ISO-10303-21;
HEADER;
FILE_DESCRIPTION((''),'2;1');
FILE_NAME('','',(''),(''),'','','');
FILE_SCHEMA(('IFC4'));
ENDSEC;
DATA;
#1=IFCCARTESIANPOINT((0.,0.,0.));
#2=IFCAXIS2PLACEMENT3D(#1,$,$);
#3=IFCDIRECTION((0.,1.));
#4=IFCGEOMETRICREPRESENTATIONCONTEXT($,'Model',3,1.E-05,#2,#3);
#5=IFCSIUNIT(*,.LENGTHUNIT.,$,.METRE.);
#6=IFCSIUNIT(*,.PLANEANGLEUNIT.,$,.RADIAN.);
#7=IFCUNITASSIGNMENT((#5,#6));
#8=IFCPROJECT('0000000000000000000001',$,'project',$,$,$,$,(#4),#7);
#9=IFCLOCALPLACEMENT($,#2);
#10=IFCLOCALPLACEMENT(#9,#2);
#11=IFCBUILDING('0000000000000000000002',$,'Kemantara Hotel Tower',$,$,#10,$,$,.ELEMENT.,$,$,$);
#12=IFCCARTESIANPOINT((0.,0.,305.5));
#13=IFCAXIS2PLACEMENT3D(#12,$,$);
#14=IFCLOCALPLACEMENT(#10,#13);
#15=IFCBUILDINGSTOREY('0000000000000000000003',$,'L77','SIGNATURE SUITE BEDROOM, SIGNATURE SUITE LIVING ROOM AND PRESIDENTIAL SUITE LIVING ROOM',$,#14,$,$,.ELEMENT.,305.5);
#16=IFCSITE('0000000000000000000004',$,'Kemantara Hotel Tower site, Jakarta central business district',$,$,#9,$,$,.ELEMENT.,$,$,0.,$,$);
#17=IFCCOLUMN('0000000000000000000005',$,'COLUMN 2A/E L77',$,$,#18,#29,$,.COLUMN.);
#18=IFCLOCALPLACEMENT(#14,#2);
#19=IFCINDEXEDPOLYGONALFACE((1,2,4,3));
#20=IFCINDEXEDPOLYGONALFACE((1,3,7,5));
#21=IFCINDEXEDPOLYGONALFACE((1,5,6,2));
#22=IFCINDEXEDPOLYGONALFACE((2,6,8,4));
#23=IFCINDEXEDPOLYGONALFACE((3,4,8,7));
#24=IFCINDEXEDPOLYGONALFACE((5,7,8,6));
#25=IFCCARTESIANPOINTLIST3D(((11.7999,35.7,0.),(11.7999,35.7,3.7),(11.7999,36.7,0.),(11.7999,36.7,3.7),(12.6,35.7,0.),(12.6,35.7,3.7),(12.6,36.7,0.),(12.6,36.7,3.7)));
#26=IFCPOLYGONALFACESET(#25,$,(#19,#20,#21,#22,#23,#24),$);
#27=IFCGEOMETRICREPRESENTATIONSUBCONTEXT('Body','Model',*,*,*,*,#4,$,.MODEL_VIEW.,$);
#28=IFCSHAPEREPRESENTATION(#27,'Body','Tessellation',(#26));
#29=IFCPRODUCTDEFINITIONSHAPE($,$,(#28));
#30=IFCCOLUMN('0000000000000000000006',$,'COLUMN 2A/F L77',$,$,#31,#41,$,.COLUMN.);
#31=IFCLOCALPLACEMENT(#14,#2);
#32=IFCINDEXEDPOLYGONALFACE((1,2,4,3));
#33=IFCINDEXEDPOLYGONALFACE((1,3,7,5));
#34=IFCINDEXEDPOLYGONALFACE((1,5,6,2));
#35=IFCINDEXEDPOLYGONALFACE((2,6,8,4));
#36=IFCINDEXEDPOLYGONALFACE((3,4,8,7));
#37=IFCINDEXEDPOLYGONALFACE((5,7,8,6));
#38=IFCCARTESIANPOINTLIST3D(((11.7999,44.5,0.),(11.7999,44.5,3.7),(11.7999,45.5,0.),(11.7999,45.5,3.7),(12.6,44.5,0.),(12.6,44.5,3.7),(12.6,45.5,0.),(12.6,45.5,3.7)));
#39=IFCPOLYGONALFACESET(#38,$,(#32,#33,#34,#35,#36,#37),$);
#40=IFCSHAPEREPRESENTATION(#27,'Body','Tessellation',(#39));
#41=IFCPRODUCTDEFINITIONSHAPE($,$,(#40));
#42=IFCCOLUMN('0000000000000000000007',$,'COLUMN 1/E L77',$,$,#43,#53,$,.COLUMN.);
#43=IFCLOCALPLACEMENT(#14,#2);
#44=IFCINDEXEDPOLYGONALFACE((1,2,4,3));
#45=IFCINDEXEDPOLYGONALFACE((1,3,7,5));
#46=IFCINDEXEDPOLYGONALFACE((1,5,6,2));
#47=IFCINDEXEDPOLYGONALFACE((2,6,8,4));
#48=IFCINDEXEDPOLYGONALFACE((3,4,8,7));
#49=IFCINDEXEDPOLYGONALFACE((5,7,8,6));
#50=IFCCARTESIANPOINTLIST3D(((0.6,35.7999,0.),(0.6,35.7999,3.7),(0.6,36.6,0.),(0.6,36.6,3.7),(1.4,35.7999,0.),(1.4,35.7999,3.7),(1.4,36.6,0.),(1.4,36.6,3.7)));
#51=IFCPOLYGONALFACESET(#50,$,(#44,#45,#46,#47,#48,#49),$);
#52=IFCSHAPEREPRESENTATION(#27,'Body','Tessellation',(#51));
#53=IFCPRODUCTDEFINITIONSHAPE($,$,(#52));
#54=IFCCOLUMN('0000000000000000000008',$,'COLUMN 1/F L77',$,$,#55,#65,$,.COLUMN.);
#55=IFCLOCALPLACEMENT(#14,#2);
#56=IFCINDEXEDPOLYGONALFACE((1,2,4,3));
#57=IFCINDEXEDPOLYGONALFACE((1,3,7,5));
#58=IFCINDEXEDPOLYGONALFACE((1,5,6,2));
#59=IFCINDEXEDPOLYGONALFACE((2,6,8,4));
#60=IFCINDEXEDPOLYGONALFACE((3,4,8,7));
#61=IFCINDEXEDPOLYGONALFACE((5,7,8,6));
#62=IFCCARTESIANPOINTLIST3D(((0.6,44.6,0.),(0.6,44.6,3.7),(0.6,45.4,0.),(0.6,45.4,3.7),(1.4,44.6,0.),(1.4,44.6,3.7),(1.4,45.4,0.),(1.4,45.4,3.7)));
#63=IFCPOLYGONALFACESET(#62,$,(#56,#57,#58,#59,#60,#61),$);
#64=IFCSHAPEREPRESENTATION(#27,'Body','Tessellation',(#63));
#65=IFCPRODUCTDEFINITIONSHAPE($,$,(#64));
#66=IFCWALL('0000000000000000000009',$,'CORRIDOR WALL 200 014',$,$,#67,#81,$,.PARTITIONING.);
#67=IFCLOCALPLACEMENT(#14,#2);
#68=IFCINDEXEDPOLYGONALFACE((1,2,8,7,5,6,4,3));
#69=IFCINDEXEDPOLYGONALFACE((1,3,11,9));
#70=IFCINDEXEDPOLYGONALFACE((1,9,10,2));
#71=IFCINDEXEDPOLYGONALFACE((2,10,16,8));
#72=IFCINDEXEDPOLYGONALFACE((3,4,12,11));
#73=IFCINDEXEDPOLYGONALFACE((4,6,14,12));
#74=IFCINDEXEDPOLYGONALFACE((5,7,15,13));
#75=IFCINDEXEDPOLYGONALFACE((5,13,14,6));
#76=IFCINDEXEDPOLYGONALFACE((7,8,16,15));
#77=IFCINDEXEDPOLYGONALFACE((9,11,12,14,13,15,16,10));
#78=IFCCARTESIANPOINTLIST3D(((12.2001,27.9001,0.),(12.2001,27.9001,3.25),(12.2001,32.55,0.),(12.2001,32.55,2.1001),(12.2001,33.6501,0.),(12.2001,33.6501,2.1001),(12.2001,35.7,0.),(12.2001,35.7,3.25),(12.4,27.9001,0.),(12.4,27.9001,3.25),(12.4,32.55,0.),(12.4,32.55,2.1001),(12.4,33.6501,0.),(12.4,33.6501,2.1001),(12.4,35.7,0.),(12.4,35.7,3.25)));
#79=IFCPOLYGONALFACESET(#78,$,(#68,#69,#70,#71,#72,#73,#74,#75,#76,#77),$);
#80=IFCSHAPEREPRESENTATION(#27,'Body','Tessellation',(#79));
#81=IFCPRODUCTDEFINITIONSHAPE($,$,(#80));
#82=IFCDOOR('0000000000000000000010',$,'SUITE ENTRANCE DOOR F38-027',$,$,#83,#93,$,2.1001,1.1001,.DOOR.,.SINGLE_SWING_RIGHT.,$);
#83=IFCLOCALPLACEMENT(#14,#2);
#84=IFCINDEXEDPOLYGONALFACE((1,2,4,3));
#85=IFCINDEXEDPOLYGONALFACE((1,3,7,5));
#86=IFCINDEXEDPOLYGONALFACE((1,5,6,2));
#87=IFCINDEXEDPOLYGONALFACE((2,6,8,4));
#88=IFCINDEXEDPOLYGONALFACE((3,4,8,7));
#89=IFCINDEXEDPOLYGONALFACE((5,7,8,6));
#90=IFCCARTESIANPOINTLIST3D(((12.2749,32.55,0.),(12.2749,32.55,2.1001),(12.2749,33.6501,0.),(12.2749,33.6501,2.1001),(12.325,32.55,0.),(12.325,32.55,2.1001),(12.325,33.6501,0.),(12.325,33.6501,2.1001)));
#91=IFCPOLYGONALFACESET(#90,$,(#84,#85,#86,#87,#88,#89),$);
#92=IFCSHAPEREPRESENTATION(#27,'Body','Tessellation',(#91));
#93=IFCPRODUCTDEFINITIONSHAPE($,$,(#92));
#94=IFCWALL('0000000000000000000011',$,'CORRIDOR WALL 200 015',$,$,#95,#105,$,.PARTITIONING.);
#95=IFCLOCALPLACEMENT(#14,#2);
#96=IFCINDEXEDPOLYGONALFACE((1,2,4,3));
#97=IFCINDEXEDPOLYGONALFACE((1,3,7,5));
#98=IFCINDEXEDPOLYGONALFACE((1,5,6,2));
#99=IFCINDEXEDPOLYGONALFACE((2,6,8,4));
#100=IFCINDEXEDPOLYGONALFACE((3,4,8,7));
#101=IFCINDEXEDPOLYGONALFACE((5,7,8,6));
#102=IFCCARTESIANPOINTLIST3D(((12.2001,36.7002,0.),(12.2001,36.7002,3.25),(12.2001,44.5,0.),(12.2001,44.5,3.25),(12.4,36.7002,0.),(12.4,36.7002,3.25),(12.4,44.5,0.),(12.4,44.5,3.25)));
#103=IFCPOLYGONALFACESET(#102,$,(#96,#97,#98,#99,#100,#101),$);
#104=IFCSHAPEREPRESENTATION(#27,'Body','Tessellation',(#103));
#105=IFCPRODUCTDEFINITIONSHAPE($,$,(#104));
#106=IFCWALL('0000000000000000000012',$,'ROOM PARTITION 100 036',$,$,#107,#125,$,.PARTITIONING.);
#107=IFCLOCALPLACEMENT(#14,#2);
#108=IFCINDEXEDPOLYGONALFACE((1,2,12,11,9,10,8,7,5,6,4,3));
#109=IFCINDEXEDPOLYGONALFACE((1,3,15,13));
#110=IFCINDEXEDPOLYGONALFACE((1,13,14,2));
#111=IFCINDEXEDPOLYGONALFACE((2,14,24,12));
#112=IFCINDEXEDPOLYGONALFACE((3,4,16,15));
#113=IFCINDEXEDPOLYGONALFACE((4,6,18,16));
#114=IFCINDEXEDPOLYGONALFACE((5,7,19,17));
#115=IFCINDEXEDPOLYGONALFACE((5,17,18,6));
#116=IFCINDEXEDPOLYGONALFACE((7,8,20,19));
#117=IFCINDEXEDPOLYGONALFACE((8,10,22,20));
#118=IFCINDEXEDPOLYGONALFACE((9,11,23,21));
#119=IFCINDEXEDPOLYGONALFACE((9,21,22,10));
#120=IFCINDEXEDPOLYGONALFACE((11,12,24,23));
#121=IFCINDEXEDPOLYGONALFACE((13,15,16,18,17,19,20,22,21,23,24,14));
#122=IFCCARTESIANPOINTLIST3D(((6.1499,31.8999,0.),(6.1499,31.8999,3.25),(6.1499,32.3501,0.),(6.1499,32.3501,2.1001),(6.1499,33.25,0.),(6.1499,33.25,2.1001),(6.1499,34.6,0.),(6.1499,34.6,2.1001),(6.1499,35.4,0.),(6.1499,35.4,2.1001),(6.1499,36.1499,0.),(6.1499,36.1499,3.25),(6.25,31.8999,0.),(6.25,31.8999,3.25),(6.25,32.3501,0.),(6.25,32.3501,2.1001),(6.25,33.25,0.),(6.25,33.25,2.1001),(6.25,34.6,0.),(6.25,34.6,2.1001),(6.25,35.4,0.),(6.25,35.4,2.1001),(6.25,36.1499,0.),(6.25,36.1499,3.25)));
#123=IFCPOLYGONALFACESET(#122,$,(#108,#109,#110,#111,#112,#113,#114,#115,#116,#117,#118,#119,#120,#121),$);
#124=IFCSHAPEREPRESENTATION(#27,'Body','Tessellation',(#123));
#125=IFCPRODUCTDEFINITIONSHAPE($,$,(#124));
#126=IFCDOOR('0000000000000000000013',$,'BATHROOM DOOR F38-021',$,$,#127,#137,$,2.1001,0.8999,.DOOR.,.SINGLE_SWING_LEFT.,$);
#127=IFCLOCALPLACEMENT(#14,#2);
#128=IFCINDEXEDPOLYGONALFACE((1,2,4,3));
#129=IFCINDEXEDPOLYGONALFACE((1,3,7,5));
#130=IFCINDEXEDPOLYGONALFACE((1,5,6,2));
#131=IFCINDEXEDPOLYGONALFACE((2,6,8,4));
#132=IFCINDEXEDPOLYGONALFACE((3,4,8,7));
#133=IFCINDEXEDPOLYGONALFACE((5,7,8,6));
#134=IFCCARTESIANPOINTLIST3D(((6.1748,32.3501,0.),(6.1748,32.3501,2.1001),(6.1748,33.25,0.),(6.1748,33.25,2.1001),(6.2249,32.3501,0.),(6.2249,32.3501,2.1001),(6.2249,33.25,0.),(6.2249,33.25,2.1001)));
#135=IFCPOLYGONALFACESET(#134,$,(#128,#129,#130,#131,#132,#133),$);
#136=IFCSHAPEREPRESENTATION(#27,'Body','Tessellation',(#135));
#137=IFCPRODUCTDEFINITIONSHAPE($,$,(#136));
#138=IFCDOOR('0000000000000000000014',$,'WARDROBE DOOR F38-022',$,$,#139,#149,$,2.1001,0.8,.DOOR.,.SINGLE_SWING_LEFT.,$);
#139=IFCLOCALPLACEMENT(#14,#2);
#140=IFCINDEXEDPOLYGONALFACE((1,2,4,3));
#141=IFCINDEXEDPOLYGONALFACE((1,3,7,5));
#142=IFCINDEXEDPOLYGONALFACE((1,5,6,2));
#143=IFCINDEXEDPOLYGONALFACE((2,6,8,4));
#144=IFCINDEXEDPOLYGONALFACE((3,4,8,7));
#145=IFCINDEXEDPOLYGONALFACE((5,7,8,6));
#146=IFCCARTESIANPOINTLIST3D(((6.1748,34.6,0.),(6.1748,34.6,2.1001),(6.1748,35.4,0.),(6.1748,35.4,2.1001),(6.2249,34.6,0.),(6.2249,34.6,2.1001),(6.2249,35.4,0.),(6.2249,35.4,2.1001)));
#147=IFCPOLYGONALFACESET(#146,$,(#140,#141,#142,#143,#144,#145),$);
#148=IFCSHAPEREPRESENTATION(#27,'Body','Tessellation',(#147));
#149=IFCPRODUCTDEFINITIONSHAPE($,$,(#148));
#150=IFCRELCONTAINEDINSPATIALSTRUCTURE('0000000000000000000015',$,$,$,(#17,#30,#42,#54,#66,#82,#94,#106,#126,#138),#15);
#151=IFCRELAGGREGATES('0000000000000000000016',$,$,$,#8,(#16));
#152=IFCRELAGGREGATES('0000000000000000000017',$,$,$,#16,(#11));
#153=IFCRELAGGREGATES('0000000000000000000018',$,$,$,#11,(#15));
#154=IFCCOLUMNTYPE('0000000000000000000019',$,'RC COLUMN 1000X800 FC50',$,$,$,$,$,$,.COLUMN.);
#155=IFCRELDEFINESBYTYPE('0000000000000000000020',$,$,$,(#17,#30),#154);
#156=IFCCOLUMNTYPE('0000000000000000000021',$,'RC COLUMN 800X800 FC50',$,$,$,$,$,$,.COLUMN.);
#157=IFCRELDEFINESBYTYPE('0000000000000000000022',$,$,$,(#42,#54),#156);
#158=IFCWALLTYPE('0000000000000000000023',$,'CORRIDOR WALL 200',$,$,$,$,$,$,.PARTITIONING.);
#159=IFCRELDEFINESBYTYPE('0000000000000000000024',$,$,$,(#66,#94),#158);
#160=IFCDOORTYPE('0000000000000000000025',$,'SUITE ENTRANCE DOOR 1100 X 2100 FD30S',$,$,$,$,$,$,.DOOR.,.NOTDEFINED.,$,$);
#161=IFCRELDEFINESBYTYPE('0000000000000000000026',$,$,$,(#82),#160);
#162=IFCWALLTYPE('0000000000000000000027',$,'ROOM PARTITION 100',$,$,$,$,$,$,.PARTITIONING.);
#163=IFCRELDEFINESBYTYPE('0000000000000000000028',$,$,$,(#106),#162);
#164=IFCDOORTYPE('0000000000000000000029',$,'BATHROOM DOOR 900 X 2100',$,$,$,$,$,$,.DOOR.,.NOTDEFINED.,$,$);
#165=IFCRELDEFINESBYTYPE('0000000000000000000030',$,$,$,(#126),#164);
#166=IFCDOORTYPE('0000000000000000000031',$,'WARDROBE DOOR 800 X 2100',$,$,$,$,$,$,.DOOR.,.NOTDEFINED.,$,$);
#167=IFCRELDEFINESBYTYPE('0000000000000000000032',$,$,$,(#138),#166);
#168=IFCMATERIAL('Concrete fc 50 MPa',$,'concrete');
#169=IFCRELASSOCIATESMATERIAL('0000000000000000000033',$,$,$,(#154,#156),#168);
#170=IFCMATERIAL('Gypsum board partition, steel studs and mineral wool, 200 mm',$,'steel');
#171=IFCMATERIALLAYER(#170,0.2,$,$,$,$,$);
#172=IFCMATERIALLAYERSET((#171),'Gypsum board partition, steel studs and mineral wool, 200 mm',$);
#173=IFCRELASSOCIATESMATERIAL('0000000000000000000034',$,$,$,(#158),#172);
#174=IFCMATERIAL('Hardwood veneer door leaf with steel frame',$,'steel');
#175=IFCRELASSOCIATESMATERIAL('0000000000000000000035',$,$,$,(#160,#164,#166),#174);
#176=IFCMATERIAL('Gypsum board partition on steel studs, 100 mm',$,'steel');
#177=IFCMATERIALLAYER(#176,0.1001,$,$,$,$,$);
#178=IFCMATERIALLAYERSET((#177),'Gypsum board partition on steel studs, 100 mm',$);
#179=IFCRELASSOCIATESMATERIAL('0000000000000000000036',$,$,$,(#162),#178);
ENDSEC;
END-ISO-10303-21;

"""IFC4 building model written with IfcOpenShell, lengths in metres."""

from ifc_helpers import new_model, si_unit, direction, frame, frame_2d, origin, origin_2d, place, context, subcontext, project, spatial, rectangle, extrude, material, layer, layer_set, material_profile, profile_set, type_object, element, fill, save


model = new_model("IFC4")

# Units and contexts
model_context = context("Model", 3, precision=1e-05, world=origin(), true_north=direction((0.0, 1.0)))
body_context = subcontext(model_context, "Body", "Model", "MODEL_VIEW")
ifc_project = project(units=[si_unit("LENGTHUNIT", "METRE"), si_unit("PLANEANGLEUNIT", "RADIAN")], contexts=[model_context])

# Site, building, storey
site_placement = place(None, origin())
site = spatial("IfcSite", under=ifc_project, at=site_placement, Name="Kemantara Hotel Tower site, Jakarta central business district", CompositionType="ELEMENT", RefElevation=0.0)
building_placement = place(site_placement, origin())
building = spatial("IfcBuilding", under=site, at=building_placement, Name="Kemantara Hotel Tower", CompositionType="ELEMENT")
storey_placement = place(building_placement, frame((0.0, 0.0, 305.5)))
storey = spatial("IfcBuildingStorey", under=building, at=storey_placement, Name="L77", Description="SIGNATURE SUITE BEDROOM, SIGNATURE SUITE LIVING ROOM AND PRESIDENTIAL SUITE LIVING ROOM", CompositionType="ELEMENT", Elevation=305.5)

# Columns
ifc_material_1 = material(Name="Concrete fc 50 MPa", Category="concrete")
ifc_material_profile_1 = material_profile(ifc_material_1, rectangle(XDim=1.0, YDim=0.8, at=origin_2d()), Name="RC 1000X800")
ifc_profile_set_1 = profile_set([ifc_material_profile_1], Name="Concrete fc 50 MPa")
column_type_1 = type_object("IfcColumnType", Name="RC COLUMN 1000X800 FC50", PredefinedType="COLUMN", material=ifc_profile_set_1)
for number, where, z_axis, x_axis, name in (
    (1, (12.2, 36.2, 0.0), (0.0, 0.0, 1.0), (0.0, 1.0, 0.0), "COLUMN 2A/E L77"),
    (2, (12.2, 45.0, 0.0), (0.0, 0.0, 1.0), (0.0, 1.0, 0.0), "COLUMN 2A/F L77"),
):
    element("IfcColumn", number, at=place(storey_placement, frame(where, z_axis=z_axis, x_axis=x_axis)), inside=storey, type_object=column_type_1, Name=name, PredefinedType="COLUMN", context=body_context, shape_type="SweptSolid", body=[
        extrude(rectangle(XDim=1.0, YDim=0.8, at=origin_2d()), origin(), (0.0, 0.0, 1.0), 3.7),
    ])
ifc_material_profile_2 = material_profile(ifc_material_1, rectangle(XDim=0.8, YDim=0.8, at=origin_2d()), Name="RC 800X800")
ifc_profile_set_2 = profile_set([ifc_material_profile_2], Name="Concrete fc 50 MPa")
column_type_2 = type_object("IfcColumnType", Name="RC COLUMN 800X800 FC50", PredefinedType="COLUMN", material=ifc_profile_set_2)
for number, where, z_axis, x_axis, name in (
    (3, (1.0, 36.2, 0.0), (0.0, 0.0, 1.0), (1.0, 0.0, 0.0), "COLUMN 1/E L77"),
    (4, (1.0, 45.0, 0.0), (0.0, 0.0, 1.0), (1.0, 0.0, 0.0), "COLUMN 1/F L77"),
):
    element("IfcColumn", number, at=place(storey_placement, frame(where, z_axis=z_axis, x_axis=x_axis)), inside=storey, type_object=column_type_2, Name=name, PredefinedType="COLUMN", context=body_context, shape_type="SweptSolid", body=[
        extrude(rectangle(XDim=0.8, YDim=0.8, at=origin_2d()), origin(), (0.0, 0.0, 1.0), 3.7),
    ])

# Wall, opening, door
ifc_material_2 = material(Name="Gypsum board partition, steel studs and mineral wool, 200 mm", Category="steel")
ifc_layer_1 = layer(ifc_material_2, 0.2)
ifc_layer_set_1 = layer_set([ifc_layer_1], Name="Gypsum board partition, steel studs and mineral wool, 200 mm")
wall_type_1 = type_object("IfcWallType", Name="CORRIDOR WALL 200", PredefinedType="PARTITIONING", material=ifc_layer_set_1)
wall_1_placement = place(storey_placement, frame((12.3, 35.7, 0.0), z_axis=(0.0, 0.0, 1.0), x_axis=(0.0, -1.0, 0.0)))
wall_1 = element("IfcWall", 5, at=wall_1_placement, inside=storey, type_object=wall_type_1, Name="CORRIDOR WALL 200 014", PredefinedType="PARTITIONING", context=body_context, shape_type="SweptSolid", body=[
    extrude(rectangle(XDim=7.7998, YDim=0.2, at=frame_2d((3.8999, 0.0))), origin(), (0.0, 0.0, 1.0), 3.25),
])
opening_1_placement = place(wall_1_placement, frame((2.0498, 0.0, 0.0)))
opening_1 = element("IfcOpeningElement", 6, at=opening_1_placement, cuts=wall_1, PredefinedType="OPENING", context=body_context, shape_type="SweptSolid", body=[
    extrude(rectangle(XDim=1.1001, YDim=2.1001, at=frame_2d((0.55, 1.05))), frame((0.0, 0.1099, 0.0), z_axis=(0.0, -1.0, 0.0), x_axis=(1.0, 0.0, 0.0)), (0.0, 0.0, 1.0), 0.22),
])
ifc_material_3 = material(Name="Hardwood veneer door leaf with steel frame", Category="steel")
door_type_1 = type_object("IfcDoorType", Name="SUITE ENTRANCE DOOR 1100 X 2100 FD30S", OperationType="NOTDEFINED", PredefinedType="DOOR", material=ifc_material_3)
door_1_placement = place(opening_1_placement, origin())
door_1 = element("IfcDoor", 7, at=door_1_placement, inside=storey, type_object=door_type_1, Name="SUITE ENTRANCE DOOR F38-027", OperationType="SINGLE_SWING_RIGHT", OverallHeight=2.1001, OverallWidth=1.1001, PredefinedType="DOOR", context=body_context, shape_type="SweptSolid", body=[
    extrude(rectangle(XDim=1.1001, YDim=2.1001, at=frame_2d((0.55, 1.05))), frame((0.0, 0.0249, 0.0), z_axis=(0.0, -1.0, 0.0), x_axis=(1.0, 0.0, 0.0)), (0.0, 0.0, 1.0), 0.05),
])
fill(opening_1, door_1)

# Wall
wall_2_placement = place(storey_placement, frame((12.3, 36.7002, 0.0), z_axis=(0.0, 0.0, 1.0), x_axis=(0.0, 1.0, 0.0)))
element("IfcWall", 8, at=wall_2_placement, inside=storey, type_object=wall_type_1, Name="CORRIDOR WALL 200 015", PredefinedType="PARTITIONING", context=body_context, shape_type="SweptSolid", body=[
    extrude(rectangle(XDim=7.7998, YDim=0.2, at=frame_2d((3.8999, 0.0))), origin(), (0.0, 0.0, 1.0), 3.25),
])

# Wall, openings, doors
ifc_material_4 = material(Name="Gypsum board partition on steel studs, 100 mm", Category="steel")
ifc_layer_2 = layer(ifc_material_4, 0.1001)
ifc_layer_set_2 = layer_set([ifc_layer_2], Name="Gypsum board partition on steel studs, 100 mm")
wall_type_2 = type_object("IfcWallType", Name="ROOM PARTITION 100", PredefinedType="PARTITIONING", material=ifc_layer_set_2)
wall_3_placement = place(storey_placement, frame((6.2, 36.1499, 0.0), z_axis=(0.0, 0.0, 1.0), x_axis=(0.0, -1.0, 0.0)))
wall_3 = element("IfcWall", 9, at=wall_3_placement, inside=storey, type_object=wall_type_2, Name="ROOM PARTITION 100 036", PredefinedType="PARTITIONING", context=body_context, shape_type="SweptSolid", body=[
    extrude(rectangle(XDim=4.25, YDim=0.1001, at=frame_2d((2.125, 0.0))), origin(), (0.0, 0.0, 1.0), 3.25),
])
opening_2_placement = place(wall_3_placement, frame((2.8999, 0.0, 0.0)))
opening_2 = element("IfcOpeningElement", 10, at=opening_2_placement, cuts=wall_3, PredefinedType="OPENING", context=body_context, shape_type="SweptSolid", body=[
    extrude(rectangle(XDim=0.8999, YDim=2.1001, at=frame_2d((0.45, 1.05))), frame((0.0, 0.0601, 0.0), z_axis=(0.0, -1.0, 0.0), x_axis=(1.0, 0.0, 0.0)), (0.0, 0.0, 1.0), 0.1201),
])
opening_3_placement = place(wall_3_placement, frame((0.75, 0.0, 0.0)))
opening_3 = element("IfcOpeningElement", 11, at=opening_3_placement, cuts=wall_3, PredefinedType="OPENING", context=body_context, shape_type="SweptSolid", body=[
    extrude(rectangle(XDim=0.8, YDim=2.1001, at=frame_2d((0.3999, 1.05))), frame((0.0, 0.0601, 0.0), z_axis=(0.0, -1.0, 0.0), x_axis=(1.0, 0.0, 0.0)), (0.0, 0.0, 1.0), 0.1201),
])
door_type_2 = type_object("IfcDoorType", Name="BATHROOM DOOR 900 X 2100", OperationType="NOTDEFINED", PredefinedType="DOOR", material=ifc_material_3)
door_2_placement = place(opening_2_placement, origin())
door_2 = element("IfcDoor", 12, at=door_2_placement, inside=storey, type_object=door_type_2, Name="BATHROOM DOOR F38-021", OperationType="SINGLE_SWING_LEFT", OverallHeight=2.1001, OverallWidth=0.8999, PredefinedType="DOOR", context=body_context, shape_type="SweptSolid", body=[
    extrude(rectangle(XDim=0.8999, YDim=2.1001, at=frame_2d((0.45, 1.05))), frame((0.0, 0.0249, 0.0), z_axis=(0.0, -1.0, 0.0), x_axis=(1.0, 0.0, 0.0)), (0.0, 0.0, 1.0), 0.05),
])
fill(opening_2, door_2)
door_type_3 = type_object("IfcDoorType", Name="WARDROBE DOOR 800 X 2100", OperationType="NOTDEFINED", PredefinedType="DOOR", material=ifc_material_3)
door_3_placement = place(opening_3_placement, origin())
door_3 = element("IfcDoor", 13, at=door_3_placement, inside=storey, type_object=door_type_3, Name="WARDROBE DOOR F38-022", OperationType="SINGLE_SWING_LEFT", OverallHeight=2.1001, OverallWidth=0.8, PredefinedType="DOOR", context=body_context, shape_type="SweptSolid", body=[
    extrude(rectangle(XDim=0.8, YDim=2.1001, at=frame_2d((0.3999, 1.05))), frame((0.0, 0.0249, 0.0), z_axis=(0.0, -1.0, 0.0), x_axis=(1.0, 0.0, 0.0)), (0.0, 0.0, 1.0), 0.05),
])
fill(opening_3, door_3)

save(model, "model.ifc")
